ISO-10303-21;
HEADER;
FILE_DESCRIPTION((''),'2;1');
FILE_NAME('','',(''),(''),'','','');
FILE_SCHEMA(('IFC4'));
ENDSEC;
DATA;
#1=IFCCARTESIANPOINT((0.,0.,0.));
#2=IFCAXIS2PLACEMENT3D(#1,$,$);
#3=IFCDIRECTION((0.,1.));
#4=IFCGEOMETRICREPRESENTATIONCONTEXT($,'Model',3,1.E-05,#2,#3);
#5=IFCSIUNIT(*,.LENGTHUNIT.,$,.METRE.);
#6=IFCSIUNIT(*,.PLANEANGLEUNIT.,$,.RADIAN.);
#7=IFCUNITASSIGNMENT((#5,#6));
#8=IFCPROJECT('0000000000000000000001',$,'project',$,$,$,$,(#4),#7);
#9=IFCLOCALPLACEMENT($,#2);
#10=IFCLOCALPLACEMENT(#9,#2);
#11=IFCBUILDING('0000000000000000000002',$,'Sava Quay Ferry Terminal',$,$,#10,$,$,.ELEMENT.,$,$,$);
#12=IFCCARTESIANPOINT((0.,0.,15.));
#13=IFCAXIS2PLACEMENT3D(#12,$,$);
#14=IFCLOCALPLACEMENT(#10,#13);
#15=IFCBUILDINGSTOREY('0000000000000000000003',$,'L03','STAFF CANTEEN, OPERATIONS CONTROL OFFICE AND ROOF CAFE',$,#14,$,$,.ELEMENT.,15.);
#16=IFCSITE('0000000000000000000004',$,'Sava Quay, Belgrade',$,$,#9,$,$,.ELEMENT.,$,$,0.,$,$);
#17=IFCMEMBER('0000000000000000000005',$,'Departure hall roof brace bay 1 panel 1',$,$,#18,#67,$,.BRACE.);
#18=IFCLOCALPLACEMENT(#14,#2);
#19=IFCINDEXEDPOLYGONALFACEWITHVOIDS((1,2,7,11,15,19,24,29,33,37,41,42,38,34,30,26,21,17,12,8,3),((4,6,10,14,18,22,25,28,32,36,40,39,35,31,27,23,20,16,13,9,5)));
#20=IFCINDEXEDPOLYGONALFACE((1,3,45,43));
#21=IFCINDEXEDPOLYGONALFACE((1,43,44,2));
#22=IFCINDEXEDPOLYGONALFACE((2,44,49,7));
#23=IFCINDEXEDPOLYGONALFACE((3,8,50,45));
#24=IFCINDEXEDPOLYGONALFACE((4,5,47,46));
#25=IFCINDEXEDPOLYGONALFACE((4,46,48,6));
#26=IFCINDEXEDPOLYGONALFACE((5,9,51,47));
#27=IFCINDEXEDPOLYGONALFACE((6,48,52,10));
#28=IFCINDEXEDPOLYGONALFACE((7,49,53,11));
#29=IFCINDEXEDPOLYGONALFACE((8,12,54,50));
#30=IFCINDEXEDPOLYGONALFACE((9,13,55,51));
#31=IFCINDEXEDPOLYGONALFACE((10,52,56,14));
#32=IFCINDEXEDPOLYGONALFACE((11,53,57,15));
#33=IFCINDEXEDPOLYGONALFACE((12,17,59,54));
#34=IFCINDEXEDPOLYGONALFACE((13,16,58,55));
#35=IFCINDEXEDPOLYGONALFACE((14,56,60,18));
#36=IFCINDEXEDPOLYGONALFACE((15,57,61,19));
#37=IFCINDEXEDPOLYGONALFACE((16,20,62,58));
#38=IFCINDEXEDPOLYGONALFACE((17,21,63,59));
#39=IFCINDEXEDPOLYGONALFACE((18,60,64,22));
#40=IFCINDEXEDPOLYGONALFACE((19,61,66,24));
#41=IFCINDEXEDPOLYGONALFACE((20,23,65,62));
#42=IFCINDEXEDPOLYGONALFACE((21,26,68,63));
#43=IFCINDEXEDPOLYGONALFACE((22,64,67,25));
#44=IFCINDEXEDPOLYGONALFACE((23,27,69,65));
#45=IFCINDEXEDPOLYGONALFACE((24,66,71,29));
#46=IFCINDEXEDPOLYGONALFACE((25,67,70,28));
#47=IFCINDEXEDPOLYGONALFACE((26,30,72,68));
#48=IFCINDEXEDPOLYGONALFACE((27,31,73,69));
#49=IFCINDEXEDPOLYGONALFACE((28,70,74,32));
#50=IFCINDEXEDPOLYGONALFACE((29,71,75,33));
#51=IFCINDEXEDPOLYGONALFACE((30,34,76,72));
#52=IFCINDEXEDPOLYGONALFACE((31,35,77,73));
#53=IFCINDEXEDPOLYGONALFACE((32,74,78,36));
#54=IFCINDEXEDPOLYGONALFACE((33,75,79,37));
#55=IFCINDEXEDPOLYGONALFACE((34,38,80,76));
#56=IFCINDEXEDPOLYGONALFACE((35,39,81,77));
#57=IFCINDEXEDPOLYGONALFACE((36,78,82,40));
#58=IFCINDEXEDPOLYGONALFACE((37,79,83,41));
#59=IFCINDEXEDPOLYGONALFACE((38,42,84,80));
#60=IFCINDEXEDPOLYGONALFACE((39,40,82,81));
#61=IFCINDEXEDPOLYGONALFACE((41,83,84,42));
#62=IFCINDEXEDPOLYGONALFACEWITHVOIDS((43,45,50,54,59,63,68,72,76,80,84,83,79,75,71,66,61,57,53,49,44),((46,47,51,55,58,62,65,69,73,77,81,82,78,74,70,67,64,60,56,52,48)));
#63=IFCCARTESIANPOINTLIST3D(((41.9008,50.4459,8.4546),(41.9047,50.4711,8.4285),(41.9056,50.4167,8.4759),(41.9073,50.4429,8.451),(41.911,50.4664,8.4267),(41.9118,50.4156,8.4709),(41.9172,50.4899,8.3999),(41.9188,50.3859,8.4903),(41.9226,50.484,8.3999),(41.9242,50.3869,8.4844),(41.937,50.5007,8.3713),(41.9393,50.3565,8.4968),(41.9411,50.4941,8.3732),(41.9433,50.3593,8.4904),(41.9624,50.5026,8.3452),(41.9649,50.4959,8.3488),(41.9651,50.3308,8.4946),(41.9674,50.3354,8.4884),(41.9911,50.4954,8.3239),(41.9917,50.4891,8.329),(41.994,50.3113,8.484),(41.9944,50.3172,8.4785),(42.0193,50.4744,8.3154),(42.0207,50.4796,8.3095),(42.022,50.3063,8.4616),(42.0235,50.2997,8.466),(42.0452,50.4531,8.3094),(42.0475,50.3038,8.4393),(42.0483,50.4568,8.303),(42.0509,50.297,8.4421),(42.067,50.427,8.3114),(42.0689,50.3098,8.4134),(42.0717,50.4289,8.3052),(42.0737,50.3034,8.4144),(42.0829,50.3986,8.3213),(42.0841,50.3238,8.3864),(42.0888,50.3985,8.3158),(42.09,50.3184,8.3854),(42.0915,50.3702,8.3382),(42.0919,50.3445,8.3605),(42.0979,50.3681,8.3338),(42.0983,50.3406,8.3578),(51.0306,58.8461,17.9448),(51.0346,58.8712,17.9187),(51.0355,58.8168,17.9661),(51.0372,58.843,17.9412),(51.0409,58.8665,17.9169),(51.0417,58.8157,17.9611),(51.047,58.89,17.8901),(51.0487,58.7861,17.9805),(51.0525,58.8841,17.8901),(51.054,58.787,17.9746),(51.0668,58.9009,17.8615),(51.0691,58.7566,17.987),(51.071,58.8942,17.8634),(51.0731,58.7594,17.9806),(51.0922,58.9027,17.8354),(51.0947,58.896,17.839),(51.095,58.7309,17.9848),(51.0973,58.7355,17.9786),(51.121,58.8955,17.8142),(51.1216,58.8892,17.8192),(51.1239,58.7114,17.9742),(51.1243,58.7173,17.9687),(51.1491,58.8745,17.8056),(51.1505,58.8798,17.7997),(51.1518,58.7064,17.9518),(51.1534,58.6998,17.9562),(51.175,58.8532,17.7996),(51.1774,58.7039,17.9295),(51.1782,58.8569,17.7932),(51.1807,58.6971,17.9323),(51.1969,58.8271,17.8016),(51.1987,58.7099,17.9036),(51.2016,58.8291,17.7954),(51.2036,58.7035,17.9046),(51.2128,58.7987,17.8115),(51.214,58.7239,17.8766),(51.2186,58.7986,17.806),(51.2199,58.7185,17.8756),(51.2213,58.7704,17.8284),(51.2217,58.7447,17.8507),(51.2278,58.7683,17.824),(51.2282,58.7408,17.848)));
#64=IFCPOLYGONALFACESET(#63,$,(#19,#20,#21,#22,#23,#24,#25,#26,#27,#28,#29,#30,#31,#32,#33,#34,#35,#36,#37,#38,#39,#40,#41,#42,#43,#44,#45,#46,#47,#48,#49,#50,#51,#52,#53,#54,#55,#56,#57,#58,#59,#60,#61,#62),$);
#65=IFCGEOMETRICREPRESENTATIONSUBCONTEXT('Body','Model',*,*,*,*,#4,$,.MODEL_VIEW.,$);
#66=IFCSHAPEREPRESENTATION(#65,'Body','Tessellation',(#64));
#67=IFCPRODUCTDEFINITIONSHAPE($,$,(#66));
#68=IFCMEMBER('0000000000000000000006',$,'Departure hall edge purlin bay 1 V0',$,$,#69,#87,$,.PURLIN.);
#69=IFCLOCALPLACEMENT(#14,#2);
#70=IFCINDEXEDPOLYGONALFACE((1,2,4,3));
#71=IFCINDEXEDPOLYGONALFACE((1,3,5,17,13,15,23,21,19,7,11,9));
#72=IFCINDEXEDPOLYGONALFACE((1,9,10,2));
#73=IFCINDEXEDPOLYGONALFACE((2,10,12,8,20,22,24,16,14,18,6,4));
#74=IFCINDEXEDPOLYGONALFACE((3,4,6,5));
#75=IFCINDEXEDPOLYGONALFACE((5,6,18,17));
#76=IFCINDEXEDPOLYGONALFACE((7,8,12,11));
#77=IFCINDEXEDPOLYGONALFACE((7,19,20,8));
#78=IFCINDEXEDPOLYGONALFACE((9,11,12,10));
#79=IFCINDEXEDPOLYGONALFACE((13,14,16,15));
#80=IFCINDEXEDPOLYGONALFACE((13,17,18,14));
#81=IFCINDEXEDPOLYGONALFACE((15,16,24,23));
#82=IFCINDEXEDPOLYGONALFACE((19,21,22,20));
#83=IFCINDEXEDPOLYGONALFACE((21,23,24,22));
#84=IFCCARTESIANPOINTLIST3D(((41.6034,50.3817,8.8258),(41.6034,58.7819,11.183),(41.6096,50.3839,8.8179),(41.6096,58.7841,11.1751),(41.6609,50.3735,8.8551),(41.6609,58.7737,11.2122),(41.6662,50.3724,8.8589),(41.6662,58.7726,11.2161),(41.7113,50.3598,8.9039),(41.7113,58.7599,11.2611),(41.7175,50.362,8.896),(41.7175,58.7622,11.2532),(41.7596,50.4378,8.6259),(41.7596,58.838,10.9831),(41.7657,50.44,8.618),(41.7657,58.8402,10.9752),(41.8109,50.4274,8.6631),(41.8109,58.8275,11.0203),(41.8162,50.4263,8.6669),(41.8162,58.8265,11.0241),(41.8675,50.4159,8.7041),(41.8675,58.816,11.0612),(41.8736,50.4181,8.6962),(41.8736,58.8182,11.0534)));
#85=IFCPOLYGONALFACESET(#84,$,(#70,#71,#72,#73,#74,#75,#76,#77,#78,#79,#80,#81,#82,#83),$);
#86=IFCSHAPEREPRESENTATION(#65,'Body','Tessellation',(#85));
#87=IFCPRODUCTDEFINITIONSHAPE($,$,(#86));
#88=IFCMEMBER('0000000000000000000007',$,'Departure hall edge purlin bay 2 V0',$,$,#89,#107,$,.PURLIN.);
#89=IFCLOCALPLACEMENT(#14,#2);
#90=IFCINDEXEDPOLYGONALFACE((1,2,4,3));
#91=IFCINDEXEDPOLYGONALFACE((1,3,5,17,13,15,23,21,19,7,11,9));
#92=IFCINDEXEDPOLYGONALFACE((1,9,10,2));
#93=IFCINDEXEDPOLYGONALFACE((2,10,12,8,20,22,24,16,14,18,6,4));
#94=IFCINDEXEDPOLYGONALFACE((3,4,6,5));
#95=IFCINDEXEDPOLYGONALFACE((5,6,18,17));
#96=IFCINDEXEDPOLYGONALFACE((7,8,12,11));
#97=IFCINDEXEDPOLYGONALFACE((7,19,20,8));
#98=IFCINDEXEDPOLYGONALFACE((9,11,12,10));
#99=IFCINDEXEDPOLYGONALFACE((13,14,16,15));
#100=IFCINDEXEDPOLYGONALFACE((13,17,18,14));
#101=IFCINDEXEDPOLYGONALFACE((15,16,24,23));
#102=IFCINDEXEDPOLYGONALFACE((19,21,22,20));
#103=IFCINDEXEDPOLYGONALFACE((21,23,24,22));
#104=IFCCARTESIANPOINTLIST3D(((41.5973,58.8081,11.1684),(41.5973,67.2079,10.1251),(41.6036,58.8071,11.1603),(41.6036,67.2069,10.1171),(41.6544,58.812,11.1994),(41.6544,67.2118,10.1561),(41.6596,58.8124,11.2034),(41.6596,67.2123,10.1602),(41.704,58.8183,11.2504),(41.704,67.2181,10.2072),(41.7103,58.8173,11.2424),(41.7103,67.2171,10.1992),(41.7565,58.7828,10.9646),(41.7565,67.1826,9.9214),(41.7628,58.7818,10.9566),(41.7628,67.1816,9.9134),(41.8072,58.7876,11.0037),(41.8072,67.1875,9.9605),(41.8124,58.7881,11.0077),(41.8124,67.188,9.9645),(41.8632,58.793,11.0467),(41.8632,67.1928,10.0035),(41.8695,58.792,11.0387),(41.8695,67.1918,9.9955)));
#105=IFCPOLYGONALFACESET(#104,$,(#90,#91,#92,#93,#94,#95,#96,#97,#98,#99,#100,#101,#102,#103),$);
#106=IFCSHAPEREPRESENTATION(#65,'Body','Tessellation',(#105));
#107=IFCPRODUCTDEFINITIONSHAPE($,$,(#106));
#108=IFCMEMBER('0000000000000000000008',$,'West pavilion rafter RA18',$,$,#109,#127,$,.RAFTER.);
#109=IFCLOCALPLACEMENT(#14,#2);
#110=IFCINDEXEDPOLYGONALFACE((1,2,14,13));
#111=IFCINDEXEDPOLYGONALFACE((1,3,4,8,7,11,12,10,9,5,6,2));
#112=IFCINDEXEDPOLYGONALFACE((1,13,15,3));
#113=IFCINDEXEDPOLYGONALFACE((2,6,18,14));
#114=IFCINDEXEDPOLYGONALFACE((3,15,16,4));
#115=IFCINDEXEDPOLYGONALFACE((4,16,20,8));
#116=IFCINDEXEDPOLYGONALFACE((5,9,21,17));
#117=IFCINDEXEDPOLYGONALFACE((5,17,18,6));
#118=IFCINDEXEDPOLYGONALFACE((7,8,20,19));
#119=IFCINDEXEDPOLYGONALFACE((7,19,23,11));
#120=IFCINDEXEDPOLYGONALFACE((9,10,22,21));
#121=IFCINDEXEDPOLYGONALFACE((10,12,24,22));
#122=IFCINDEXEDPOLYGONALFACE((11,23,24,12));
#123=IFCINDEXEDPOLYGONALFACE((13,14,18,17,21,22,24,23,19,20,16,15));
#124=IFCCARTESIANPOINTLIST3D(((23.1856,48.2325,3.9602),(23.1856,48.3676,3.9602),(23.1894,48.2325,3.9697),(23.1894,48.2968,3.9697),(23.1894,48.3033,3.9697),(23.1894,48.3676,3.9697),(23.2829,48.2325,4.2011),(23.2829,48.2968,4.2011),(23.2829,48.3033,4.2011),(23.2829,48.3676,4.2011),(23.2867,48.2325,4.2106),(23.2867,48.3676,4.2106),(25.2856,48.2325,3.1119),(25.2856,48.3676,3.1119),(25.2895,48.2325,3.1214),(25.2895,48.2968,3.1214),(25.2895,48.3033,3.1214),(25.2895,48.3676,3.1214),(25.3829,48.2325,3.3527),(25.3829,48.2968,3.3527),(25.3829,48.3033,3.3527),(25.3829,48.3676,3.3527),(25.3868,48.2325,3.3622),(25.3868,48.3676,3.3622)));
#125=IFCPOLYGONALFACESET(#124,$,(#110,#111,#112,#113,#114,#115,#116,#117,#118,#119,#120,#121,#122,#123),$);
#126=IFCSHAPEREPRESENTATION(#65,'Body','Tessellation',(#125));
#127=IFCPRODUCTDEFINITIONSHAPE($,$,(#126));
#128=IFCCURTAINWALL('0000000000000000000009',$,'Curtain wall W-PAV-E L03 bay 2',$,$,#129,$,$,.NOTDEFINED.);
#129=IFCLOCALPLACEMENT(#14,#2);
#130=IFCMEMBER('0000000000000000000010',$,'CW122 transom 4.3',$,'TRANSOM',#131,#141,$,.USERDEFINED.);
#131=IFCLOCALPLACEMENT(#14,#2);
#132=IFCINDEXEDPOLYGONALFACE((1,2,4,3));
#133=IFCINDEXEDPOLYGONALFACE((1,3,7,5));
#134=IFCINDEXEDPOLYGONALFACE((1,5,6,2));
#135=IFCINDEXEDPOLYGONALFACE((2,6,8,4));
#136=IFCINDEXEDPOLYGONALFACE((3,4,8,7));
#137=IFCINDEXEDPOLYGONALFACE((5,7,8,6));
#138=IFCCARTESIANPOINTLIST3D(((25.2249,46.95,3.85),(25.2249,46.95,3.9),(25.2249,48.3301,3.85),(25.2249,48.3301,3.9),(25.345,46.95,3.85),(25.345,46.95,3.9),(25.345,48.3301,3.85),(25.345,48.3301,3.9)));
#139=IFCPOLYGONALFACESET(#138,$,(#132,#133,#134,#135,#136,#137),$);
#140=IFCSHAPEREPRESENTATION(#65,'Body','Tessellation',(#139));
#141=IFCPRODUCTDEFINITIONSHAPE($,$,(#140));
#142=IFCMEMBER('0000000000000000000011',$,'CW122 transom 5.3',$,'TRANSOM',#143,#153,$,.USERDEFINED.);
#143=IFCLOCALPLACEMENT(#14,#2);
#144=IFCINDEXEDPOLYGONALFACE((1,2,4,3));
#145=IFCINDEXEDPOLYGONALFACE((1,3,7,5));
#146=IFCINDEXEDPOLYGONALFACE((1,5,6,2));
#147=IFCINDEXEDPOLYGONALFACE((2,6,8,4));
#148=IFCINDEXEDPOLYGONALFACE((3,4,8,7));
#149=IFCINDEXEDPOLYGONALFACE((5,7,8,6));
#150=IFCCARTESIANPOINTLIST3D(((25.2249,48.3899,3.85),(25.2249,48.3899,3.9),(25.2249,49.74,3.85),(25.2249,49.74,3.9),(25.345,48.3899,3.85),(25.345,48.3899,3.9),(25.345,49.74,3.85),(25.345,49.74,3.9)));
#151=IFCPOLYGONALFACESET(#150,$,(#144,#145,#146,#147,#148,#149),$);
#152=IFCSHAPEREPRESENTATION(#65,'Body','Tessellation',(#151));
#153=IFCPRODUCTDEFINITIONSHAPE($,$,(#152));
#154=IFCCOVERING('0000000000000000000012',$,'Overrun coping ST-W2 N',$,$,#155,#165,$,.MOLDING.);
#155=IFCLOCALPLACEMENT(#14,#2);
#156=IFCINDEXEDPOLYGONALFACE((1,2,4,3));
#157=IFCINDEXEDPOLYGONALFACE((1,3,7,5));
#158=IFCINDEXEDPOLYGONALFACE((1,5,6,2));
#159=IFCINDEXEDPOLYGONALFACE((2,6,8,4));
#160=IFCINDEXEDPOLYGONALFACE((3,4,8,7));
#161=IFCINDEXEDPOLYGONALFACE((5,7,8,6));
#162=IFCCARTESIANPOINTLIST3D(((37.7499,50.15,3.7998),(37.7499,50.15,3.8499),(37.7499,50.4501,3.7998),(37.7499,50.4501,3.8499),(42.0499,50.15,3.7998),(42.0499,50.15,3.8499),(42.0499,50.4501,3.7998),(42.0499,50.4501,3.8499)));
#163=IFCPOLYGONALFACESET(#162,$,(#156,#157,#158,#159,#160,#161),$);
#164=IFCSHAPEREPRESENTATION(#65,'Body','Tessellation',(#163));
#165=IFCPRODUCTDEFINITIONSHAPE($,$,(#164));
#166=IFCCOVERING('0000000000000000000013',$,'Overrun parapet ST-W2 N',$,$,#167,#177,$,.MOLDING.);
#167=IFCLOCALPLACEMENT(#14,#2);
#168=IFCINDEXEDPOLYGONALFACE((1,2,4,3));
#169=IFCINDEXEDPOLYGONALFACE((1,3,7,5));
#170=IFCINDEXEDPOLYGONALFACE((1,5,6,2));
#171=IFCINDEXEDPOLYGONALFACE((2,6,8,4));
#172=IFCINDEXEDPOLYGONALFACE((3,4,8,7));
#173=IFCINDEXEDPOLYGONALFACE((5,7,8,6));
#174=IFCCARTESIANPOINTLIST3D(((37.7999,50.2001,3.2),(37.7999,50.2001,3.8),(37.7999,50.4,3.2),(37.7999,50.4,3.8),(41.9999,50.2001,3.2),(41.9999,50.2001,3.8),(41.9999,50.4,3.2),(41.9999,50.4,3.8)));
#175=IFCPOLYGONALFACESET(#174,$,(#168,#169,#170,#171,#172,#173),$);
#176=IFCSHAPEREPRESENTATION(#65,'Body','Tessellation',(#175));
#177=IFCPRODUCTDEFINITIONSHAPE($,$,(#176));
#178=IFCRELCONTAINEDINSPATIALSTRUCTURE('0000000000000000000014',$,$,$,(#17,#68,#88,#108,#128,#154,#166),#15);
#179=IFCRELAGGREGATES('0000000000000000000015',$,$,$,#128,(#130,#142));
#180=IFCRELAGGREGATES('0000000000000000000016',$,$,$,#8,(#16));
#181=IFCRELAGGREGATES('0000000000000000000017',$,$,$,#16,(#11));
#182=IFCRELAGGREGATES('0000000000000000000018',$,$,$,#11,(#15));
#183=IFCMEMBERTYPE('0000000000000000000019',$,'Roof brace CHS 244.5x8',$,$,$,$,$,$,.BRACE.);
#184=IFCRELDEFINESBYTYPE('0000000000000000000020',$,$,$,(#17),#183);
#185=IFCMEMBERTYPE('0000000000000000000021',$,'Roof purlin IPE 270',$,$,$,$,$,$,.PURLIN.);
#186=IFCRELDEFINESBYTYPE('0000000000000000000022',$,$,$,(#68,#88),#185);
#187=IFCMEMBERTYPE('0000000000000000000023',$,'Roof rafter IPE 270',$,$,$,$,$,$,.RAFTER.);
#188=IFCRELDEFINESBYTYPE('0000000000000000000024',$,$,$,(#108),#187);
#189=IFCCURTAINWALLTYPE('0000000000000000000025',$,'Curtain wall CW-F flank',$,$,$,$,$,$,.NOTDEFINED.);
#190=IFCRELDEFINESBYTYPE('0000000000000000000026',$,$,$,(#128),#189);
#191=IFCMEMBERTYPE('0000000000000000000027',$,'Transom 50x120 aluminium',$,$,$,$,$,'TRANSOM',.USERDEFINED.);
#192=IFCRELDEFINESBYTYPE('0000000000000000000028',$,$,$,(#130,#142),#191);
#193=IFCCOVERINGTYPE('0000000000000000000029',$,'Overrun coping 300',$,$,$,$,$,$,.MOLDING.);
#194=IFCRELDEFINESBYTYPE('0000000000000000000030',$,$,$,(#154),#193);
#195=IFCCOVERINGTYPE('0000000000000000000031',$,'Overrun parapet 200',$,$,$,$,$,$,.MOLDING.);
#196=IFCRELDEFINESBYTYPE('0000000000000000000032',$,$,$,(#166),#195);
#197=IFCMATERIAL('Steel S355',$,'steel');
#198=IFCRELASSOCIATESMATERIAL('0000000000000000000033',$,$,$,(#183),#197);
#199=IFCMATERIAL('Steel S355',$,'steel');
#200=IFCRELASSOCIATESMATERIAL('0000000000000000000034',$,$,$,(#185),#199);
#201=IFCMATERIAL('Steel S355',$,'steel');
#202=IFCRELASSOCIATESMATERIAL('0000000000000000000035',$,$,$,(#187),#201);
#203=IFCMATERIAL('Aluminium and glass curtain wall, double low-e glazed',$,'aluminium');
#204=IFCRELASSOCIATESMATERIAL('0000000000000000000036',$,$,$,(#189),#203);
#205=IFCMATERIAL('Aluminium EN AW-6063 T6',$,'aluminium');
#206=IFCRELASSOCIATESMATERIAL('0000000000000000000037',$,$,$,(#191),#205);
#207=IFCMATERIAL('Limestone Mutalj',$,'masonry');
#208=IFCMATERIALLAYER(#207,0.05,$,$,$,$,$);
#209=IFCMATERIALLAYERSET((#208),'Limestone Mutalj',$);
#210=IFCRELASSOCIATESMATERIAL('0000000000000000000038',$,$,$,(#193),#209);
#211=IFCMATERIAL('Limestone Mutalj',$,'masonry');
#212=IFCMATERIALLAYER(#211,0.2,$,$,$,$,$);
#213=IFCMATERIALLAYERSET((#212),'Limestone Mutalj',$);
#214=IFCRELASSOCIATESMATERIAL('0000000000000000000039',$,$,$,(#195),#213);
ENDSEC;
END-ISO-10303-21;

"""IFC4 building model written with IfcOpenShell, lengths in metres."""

from ifc_helpers import new_model, si_unit, direction, frame, origin, origin_2d, place, context, subcontext, project, spatial, rectangle, hollow_circle, i_section, extrude, material, layer, layer_set, material_profile, profile_set, type_object, element, aggregate, save


model = new_model("IFC4")

# Units and contexts
model_context = context("Model", 3, precision=1e-05, world=origin(), true_north=direction((0.0, 1.0)))
body_context = subcontext(model_context, "Body", "Model", "MODEL_VIEW")
ifc_project = project(units=[si_unit("LENGTHUNIT", "METRE"), si_unit("PLANEANGLEUNIT", "RADIAN")], contexts=[model_context])

# Site, building, storey
site_placement = place(None, origin())
site = spatial("IfcSite", under=ifc_project, at=site_placement, Name="Sava Quay, Belgrade", CompositionType="ELEMENT", RefElevation=0.0)
building_placement = place(site_placement, origin())
building = spatial("IfcBuilding", under=site, at=building_placement, Name="Sava Quay Ferry Terminal", CompositionType="ELEMENT")
storey_placement = place(building_placement, frame((0.0, 0.0, 15.0)))
storey = spatial("IfcBuildingStorey", under=building, at=storey_placement, Name="L03", Description="STAFF CANTEEN, OPERATIONS CONTROL OFFICE AND ROOF CAFE", CompositionType="ELEMENT", Elevation=15.0)

# Members
ifc_material_1 = material(Name="Steel S355", Category="steel")
ifc_material_profile_1 = material_profile(ifc_material_1, hollow_circle(Radius=0.1223, WallThickness=0.0081, at=origin_2d()), Name="CHS 244.5 x 8.0")
ifc_profile_set_1 = profile_set([ifc_material_profile_1], Name="Steel S355")
member_type_1 = type_object("IfcMemberType", Name="Roof brace CHS 244.5x8", PredefinedType="BRACE", material=ifc_profile_set_1)
member_1_placement = place(storey_placement, frame((42.0, 50.3999, 8.3999), z_axis=(0.584503, 0.537784, 0.607573), x_axis=(-0.677085, 0.735905, 0.0)))
element("IfcMember", 1, at=member_1_placement, inside=storey, type_object=member_type_1, Name="Departure hall roof brace bay 1 panel 1", PredefinedType="BRACE", context=body_context, shape_type="SweptSolid", body=[
    extrude(hollow_circle(Radius=0.1223, WallThickness=0.0081, at=origin_2d()), origin(), (0.0, 0.0, 1.0), 15.6199),
])
ifc_material_2 = material(Name="Steel S355", Category="steel")
ifc_material_profile_2 = material_profile(ifc_material_2, i_section(OverallWidth=0.135, OverallDepth=0.27, WebThickness=0.0066, FlangeThickness=0.0103, at=origin_2d()), Name="IPE 270")
ifc_profile_set_2 = profile_set([ifc_material_profile_2], Name="Steel S355")
member_type_2 = type_object("IfcMemberType", Name="Roof purlin IPE 270", PredefinedType="PURLIN", material=ifc_profile_set_2)
member_2_placement = place(storey_placement, frame((41.7385, 50.3999, 8.761), z_axis=(0.0, 0.962811, 0.270176), x_axis=(-0.799142, 0.162414, -0.578786)))
element("IfcMember", 2, at=member_2_placement, inside=storey, type_object=member_type_2, Name="Departure hall edge purlin bay 1 V0", PredefinedType="PURLIN", context=body_context, shape_type="SweptSolid", body=[
    extrude(i_section(OverallWidth=0.135, OverallDepth=0.27, WebThickness=0.0066, FlangeThickness=0.0103, at=origin_2d()), origin(), (0.0, 0.0, 1.0), 8.7246),
])
member_3_placement = place(storey_placement, frame((41.7334, 58.8, 11.1035), z_axis=(0.0, 0.992376, -0.123247), x_axis=(-0.790288, -0.075518, -0.608064)))
element("IfcMember", 3, at=member_3_placement, inside=storey, type_object=member_type_2, Name="Departure hall edge purlin bay 2 V0", PredefinedType="PURLIN", context=body_context, shape_type="SweptSolid", body=[
    extrude(i_section(OverallWidth=0.135, OverallDepth=0.27, WebThickness=0.0066, FlangeThickness=0.0103, at=origin_2d()), origin(), (0.0, 0.0, 1.0), 8.4644),
])
ifc_material_3 = material(Name="Steel S355", Category="steel")
ifc_material_profile_3 = material_profile(ifc_material_3, i_section(OverallWidth=0.135, OverallDepth=0.27, WebThickness=0.0066, FlangeThickness=0.0103, at=origin_2d()), Name="IPE 270")
ifc_profile_set_3 = profile_set([ifc_material_profile_3], Name="Steel S355")
member_type_3 = type_object("IfcMemberType", Name="Roof rafter IPE 270", PredefinedType="RAFTER", material=ifc_profile_set_3)
member_4_placement = place(storey_placement, frame((25.3362, 48.3, 3.2371), z_axis=(-0.9272, 0.0, 0.374566), x_axis=(0.0, -1.0, 0.0)))
element("IfcMember", 4, at=member_4_placement, inside=storey, type_object=member_type_3, Name="West pavilion rafter RA18", PredefinedType="RAFTER", context=body_context, shape_type="SweptSolid", body=[
    extrude(i_section(OverallWidth=0.135, OverallDepth=0.27, WebThickness=0.0066, FlangeThickness=0.0103, at=origin_2d()), origin(), (0.0, 0.0, 1.0), 2.2649),
])

# Curtain wall, members
ifc_material_4 = material(Name="Aluminium and glass curtain wall, double low-e glazed", Category="aluminium")
curtain_wall_type = type_object("IfcCurtainWallType", Name="Curtain wall CW-F flank", PredefinedType="NOTDEFINED", material=ifc_material_4)
curtain_wall_placement = place(storey_placement, origin())
curtain_wall = element("IfcCurtainWall", 5, at=curtain_wall_placement, inside=storey, type_object=curtain_wall_type, Name="Curtain wall W-PAV-E L03 bay 2", PredefinedType="NOTDEFINED")
ifc_material_5 = material(Name="Aluminium EN AW-6063 T6", Category="aluminium")
ifc_material_profile_4 = material_profile(ifc_material_5, rectangle(XDim=0.1201, YDim=0.05, at=origin_2d()), Name="Transom 50x120 aluminium")
ifc_profile_set_4 = profile_set([ifc_material_profile_4], Name="Aluminium EN AW-6063 T6")
member_type_4 = type_object("IfcMemberType", Name="Transom 50x120 aluminium", ElementType="TRANSOM", PredefinedType="USERDEFINED", material=ifc_profile_set_4)
member_5_placement = place(storey_placement, frame((25.2849, 46.95, 3.875), z_axis=(0.0, 1.0, 0.0), x_axis=(-1.0, 0.0, 0.0)))
member_5 = element("IfcMember", 6, at=member_5_placement, type_object=member_type_4, Name="CW122 transom 4.3", ObjectType="TRANSOM", PredefinedType="USERDEFINED", context=body_context, shape_type="SweptSolid", body=[
    extrude(rectangle(XDim=0.1201, YDim=0.05, at=origin_2d()), origin(), (0.0, 0.0, 1.0), 1.3801),
])
member_6_placement = place(storey_placement, frame((25.2849, 48.3899, 3.875), z_axis=(0.0, 1.0, 0.0), x_axis=(-1.0, 0.0, 0.0)))
member_6 = element("IfcMember", 7, at=member_6_placement, type_object=member_type_4, Name="CW122 transom 5.3", ObjectType="TRANSOM", PredefinedType="USERDEFINED", context=body_context, shape_type="SweptSolid", body=[
    extrude(rectangle(XDim=0.1201, YDim=0.05, at=origin_2d()), origin(), (0.0, 0.0, 1.0), 1.3501),
])
aggregate(curtain_wall, [member_5, member_6])

# Coverings
ifc_material_6 = material(Name="Limestone Mutalj", Category="masonry")
ifc_layer_1 = layer(ifc_material_6, 0.05)
ifc_layer_set_1 = layer_set([ifc_layer_1], Name="Limestone Mutalj")
covering_type_1 = type_object("IfcCoveringType", Name="Overrun coping 300", PredefinedType="MOLDING", material=ifc_layer_set_1)
covering_1_placement = place(storey_placement, frame((39.8999, 50.3, 3.7998), z_axis=(0.0, 0.0, 1.0), x_axis=(1.0, 0.0, 0.0)))
element("IfcCovering", 8, at=covering_1_placement, inside=storey, type_object=covering_type_1, Name="Overrun coping ST-W2 N", PredefinedType="MOLDING", context=body_context, shape_type="SweptSolid", body=[
    extrude(rectangle(XDim=4.3, YDim=0.3, at=origin_2d()), origin(), (0.0, 0.0, 1.0), 0.05),
])
ifc_material_7 = material(Name="Limestone Mutalj", Category="masonry")
ifc_layer_2 = layer(ifc_material_7, 0.2)
ifc_layer_set_2 = layer_set([ifc_layer_2], Name="Limestone Mutalj")
covering_type_2 = type_object("IfcCoveringType", Name="Overrun parapet 200", PredefinedType="MOLDING", material=ifc_layer_set_2)
covering_2_placement = place(storey_placement, frame((39.8999, 50.3, 3.2), z_axis=(0.0, 0.0, 1.0), x_axis=(1.0, 0.0, 0.0)))
element("IfcCovering", 9, at=covering_2_placement, inside=storey, type_object=covering_type_2, Name="Overrun parapet ST-W2 N", PredefinedType="MOLDING", context=body_context, shape_type="SweptSolid", body=[
    extrude(rectangle(XDim=4.2, YDim=0.2, at=origin_2d()), origin(), (0.0, 0.0, 1.0), 0.6001),
])

save(model, "model.ifc")
